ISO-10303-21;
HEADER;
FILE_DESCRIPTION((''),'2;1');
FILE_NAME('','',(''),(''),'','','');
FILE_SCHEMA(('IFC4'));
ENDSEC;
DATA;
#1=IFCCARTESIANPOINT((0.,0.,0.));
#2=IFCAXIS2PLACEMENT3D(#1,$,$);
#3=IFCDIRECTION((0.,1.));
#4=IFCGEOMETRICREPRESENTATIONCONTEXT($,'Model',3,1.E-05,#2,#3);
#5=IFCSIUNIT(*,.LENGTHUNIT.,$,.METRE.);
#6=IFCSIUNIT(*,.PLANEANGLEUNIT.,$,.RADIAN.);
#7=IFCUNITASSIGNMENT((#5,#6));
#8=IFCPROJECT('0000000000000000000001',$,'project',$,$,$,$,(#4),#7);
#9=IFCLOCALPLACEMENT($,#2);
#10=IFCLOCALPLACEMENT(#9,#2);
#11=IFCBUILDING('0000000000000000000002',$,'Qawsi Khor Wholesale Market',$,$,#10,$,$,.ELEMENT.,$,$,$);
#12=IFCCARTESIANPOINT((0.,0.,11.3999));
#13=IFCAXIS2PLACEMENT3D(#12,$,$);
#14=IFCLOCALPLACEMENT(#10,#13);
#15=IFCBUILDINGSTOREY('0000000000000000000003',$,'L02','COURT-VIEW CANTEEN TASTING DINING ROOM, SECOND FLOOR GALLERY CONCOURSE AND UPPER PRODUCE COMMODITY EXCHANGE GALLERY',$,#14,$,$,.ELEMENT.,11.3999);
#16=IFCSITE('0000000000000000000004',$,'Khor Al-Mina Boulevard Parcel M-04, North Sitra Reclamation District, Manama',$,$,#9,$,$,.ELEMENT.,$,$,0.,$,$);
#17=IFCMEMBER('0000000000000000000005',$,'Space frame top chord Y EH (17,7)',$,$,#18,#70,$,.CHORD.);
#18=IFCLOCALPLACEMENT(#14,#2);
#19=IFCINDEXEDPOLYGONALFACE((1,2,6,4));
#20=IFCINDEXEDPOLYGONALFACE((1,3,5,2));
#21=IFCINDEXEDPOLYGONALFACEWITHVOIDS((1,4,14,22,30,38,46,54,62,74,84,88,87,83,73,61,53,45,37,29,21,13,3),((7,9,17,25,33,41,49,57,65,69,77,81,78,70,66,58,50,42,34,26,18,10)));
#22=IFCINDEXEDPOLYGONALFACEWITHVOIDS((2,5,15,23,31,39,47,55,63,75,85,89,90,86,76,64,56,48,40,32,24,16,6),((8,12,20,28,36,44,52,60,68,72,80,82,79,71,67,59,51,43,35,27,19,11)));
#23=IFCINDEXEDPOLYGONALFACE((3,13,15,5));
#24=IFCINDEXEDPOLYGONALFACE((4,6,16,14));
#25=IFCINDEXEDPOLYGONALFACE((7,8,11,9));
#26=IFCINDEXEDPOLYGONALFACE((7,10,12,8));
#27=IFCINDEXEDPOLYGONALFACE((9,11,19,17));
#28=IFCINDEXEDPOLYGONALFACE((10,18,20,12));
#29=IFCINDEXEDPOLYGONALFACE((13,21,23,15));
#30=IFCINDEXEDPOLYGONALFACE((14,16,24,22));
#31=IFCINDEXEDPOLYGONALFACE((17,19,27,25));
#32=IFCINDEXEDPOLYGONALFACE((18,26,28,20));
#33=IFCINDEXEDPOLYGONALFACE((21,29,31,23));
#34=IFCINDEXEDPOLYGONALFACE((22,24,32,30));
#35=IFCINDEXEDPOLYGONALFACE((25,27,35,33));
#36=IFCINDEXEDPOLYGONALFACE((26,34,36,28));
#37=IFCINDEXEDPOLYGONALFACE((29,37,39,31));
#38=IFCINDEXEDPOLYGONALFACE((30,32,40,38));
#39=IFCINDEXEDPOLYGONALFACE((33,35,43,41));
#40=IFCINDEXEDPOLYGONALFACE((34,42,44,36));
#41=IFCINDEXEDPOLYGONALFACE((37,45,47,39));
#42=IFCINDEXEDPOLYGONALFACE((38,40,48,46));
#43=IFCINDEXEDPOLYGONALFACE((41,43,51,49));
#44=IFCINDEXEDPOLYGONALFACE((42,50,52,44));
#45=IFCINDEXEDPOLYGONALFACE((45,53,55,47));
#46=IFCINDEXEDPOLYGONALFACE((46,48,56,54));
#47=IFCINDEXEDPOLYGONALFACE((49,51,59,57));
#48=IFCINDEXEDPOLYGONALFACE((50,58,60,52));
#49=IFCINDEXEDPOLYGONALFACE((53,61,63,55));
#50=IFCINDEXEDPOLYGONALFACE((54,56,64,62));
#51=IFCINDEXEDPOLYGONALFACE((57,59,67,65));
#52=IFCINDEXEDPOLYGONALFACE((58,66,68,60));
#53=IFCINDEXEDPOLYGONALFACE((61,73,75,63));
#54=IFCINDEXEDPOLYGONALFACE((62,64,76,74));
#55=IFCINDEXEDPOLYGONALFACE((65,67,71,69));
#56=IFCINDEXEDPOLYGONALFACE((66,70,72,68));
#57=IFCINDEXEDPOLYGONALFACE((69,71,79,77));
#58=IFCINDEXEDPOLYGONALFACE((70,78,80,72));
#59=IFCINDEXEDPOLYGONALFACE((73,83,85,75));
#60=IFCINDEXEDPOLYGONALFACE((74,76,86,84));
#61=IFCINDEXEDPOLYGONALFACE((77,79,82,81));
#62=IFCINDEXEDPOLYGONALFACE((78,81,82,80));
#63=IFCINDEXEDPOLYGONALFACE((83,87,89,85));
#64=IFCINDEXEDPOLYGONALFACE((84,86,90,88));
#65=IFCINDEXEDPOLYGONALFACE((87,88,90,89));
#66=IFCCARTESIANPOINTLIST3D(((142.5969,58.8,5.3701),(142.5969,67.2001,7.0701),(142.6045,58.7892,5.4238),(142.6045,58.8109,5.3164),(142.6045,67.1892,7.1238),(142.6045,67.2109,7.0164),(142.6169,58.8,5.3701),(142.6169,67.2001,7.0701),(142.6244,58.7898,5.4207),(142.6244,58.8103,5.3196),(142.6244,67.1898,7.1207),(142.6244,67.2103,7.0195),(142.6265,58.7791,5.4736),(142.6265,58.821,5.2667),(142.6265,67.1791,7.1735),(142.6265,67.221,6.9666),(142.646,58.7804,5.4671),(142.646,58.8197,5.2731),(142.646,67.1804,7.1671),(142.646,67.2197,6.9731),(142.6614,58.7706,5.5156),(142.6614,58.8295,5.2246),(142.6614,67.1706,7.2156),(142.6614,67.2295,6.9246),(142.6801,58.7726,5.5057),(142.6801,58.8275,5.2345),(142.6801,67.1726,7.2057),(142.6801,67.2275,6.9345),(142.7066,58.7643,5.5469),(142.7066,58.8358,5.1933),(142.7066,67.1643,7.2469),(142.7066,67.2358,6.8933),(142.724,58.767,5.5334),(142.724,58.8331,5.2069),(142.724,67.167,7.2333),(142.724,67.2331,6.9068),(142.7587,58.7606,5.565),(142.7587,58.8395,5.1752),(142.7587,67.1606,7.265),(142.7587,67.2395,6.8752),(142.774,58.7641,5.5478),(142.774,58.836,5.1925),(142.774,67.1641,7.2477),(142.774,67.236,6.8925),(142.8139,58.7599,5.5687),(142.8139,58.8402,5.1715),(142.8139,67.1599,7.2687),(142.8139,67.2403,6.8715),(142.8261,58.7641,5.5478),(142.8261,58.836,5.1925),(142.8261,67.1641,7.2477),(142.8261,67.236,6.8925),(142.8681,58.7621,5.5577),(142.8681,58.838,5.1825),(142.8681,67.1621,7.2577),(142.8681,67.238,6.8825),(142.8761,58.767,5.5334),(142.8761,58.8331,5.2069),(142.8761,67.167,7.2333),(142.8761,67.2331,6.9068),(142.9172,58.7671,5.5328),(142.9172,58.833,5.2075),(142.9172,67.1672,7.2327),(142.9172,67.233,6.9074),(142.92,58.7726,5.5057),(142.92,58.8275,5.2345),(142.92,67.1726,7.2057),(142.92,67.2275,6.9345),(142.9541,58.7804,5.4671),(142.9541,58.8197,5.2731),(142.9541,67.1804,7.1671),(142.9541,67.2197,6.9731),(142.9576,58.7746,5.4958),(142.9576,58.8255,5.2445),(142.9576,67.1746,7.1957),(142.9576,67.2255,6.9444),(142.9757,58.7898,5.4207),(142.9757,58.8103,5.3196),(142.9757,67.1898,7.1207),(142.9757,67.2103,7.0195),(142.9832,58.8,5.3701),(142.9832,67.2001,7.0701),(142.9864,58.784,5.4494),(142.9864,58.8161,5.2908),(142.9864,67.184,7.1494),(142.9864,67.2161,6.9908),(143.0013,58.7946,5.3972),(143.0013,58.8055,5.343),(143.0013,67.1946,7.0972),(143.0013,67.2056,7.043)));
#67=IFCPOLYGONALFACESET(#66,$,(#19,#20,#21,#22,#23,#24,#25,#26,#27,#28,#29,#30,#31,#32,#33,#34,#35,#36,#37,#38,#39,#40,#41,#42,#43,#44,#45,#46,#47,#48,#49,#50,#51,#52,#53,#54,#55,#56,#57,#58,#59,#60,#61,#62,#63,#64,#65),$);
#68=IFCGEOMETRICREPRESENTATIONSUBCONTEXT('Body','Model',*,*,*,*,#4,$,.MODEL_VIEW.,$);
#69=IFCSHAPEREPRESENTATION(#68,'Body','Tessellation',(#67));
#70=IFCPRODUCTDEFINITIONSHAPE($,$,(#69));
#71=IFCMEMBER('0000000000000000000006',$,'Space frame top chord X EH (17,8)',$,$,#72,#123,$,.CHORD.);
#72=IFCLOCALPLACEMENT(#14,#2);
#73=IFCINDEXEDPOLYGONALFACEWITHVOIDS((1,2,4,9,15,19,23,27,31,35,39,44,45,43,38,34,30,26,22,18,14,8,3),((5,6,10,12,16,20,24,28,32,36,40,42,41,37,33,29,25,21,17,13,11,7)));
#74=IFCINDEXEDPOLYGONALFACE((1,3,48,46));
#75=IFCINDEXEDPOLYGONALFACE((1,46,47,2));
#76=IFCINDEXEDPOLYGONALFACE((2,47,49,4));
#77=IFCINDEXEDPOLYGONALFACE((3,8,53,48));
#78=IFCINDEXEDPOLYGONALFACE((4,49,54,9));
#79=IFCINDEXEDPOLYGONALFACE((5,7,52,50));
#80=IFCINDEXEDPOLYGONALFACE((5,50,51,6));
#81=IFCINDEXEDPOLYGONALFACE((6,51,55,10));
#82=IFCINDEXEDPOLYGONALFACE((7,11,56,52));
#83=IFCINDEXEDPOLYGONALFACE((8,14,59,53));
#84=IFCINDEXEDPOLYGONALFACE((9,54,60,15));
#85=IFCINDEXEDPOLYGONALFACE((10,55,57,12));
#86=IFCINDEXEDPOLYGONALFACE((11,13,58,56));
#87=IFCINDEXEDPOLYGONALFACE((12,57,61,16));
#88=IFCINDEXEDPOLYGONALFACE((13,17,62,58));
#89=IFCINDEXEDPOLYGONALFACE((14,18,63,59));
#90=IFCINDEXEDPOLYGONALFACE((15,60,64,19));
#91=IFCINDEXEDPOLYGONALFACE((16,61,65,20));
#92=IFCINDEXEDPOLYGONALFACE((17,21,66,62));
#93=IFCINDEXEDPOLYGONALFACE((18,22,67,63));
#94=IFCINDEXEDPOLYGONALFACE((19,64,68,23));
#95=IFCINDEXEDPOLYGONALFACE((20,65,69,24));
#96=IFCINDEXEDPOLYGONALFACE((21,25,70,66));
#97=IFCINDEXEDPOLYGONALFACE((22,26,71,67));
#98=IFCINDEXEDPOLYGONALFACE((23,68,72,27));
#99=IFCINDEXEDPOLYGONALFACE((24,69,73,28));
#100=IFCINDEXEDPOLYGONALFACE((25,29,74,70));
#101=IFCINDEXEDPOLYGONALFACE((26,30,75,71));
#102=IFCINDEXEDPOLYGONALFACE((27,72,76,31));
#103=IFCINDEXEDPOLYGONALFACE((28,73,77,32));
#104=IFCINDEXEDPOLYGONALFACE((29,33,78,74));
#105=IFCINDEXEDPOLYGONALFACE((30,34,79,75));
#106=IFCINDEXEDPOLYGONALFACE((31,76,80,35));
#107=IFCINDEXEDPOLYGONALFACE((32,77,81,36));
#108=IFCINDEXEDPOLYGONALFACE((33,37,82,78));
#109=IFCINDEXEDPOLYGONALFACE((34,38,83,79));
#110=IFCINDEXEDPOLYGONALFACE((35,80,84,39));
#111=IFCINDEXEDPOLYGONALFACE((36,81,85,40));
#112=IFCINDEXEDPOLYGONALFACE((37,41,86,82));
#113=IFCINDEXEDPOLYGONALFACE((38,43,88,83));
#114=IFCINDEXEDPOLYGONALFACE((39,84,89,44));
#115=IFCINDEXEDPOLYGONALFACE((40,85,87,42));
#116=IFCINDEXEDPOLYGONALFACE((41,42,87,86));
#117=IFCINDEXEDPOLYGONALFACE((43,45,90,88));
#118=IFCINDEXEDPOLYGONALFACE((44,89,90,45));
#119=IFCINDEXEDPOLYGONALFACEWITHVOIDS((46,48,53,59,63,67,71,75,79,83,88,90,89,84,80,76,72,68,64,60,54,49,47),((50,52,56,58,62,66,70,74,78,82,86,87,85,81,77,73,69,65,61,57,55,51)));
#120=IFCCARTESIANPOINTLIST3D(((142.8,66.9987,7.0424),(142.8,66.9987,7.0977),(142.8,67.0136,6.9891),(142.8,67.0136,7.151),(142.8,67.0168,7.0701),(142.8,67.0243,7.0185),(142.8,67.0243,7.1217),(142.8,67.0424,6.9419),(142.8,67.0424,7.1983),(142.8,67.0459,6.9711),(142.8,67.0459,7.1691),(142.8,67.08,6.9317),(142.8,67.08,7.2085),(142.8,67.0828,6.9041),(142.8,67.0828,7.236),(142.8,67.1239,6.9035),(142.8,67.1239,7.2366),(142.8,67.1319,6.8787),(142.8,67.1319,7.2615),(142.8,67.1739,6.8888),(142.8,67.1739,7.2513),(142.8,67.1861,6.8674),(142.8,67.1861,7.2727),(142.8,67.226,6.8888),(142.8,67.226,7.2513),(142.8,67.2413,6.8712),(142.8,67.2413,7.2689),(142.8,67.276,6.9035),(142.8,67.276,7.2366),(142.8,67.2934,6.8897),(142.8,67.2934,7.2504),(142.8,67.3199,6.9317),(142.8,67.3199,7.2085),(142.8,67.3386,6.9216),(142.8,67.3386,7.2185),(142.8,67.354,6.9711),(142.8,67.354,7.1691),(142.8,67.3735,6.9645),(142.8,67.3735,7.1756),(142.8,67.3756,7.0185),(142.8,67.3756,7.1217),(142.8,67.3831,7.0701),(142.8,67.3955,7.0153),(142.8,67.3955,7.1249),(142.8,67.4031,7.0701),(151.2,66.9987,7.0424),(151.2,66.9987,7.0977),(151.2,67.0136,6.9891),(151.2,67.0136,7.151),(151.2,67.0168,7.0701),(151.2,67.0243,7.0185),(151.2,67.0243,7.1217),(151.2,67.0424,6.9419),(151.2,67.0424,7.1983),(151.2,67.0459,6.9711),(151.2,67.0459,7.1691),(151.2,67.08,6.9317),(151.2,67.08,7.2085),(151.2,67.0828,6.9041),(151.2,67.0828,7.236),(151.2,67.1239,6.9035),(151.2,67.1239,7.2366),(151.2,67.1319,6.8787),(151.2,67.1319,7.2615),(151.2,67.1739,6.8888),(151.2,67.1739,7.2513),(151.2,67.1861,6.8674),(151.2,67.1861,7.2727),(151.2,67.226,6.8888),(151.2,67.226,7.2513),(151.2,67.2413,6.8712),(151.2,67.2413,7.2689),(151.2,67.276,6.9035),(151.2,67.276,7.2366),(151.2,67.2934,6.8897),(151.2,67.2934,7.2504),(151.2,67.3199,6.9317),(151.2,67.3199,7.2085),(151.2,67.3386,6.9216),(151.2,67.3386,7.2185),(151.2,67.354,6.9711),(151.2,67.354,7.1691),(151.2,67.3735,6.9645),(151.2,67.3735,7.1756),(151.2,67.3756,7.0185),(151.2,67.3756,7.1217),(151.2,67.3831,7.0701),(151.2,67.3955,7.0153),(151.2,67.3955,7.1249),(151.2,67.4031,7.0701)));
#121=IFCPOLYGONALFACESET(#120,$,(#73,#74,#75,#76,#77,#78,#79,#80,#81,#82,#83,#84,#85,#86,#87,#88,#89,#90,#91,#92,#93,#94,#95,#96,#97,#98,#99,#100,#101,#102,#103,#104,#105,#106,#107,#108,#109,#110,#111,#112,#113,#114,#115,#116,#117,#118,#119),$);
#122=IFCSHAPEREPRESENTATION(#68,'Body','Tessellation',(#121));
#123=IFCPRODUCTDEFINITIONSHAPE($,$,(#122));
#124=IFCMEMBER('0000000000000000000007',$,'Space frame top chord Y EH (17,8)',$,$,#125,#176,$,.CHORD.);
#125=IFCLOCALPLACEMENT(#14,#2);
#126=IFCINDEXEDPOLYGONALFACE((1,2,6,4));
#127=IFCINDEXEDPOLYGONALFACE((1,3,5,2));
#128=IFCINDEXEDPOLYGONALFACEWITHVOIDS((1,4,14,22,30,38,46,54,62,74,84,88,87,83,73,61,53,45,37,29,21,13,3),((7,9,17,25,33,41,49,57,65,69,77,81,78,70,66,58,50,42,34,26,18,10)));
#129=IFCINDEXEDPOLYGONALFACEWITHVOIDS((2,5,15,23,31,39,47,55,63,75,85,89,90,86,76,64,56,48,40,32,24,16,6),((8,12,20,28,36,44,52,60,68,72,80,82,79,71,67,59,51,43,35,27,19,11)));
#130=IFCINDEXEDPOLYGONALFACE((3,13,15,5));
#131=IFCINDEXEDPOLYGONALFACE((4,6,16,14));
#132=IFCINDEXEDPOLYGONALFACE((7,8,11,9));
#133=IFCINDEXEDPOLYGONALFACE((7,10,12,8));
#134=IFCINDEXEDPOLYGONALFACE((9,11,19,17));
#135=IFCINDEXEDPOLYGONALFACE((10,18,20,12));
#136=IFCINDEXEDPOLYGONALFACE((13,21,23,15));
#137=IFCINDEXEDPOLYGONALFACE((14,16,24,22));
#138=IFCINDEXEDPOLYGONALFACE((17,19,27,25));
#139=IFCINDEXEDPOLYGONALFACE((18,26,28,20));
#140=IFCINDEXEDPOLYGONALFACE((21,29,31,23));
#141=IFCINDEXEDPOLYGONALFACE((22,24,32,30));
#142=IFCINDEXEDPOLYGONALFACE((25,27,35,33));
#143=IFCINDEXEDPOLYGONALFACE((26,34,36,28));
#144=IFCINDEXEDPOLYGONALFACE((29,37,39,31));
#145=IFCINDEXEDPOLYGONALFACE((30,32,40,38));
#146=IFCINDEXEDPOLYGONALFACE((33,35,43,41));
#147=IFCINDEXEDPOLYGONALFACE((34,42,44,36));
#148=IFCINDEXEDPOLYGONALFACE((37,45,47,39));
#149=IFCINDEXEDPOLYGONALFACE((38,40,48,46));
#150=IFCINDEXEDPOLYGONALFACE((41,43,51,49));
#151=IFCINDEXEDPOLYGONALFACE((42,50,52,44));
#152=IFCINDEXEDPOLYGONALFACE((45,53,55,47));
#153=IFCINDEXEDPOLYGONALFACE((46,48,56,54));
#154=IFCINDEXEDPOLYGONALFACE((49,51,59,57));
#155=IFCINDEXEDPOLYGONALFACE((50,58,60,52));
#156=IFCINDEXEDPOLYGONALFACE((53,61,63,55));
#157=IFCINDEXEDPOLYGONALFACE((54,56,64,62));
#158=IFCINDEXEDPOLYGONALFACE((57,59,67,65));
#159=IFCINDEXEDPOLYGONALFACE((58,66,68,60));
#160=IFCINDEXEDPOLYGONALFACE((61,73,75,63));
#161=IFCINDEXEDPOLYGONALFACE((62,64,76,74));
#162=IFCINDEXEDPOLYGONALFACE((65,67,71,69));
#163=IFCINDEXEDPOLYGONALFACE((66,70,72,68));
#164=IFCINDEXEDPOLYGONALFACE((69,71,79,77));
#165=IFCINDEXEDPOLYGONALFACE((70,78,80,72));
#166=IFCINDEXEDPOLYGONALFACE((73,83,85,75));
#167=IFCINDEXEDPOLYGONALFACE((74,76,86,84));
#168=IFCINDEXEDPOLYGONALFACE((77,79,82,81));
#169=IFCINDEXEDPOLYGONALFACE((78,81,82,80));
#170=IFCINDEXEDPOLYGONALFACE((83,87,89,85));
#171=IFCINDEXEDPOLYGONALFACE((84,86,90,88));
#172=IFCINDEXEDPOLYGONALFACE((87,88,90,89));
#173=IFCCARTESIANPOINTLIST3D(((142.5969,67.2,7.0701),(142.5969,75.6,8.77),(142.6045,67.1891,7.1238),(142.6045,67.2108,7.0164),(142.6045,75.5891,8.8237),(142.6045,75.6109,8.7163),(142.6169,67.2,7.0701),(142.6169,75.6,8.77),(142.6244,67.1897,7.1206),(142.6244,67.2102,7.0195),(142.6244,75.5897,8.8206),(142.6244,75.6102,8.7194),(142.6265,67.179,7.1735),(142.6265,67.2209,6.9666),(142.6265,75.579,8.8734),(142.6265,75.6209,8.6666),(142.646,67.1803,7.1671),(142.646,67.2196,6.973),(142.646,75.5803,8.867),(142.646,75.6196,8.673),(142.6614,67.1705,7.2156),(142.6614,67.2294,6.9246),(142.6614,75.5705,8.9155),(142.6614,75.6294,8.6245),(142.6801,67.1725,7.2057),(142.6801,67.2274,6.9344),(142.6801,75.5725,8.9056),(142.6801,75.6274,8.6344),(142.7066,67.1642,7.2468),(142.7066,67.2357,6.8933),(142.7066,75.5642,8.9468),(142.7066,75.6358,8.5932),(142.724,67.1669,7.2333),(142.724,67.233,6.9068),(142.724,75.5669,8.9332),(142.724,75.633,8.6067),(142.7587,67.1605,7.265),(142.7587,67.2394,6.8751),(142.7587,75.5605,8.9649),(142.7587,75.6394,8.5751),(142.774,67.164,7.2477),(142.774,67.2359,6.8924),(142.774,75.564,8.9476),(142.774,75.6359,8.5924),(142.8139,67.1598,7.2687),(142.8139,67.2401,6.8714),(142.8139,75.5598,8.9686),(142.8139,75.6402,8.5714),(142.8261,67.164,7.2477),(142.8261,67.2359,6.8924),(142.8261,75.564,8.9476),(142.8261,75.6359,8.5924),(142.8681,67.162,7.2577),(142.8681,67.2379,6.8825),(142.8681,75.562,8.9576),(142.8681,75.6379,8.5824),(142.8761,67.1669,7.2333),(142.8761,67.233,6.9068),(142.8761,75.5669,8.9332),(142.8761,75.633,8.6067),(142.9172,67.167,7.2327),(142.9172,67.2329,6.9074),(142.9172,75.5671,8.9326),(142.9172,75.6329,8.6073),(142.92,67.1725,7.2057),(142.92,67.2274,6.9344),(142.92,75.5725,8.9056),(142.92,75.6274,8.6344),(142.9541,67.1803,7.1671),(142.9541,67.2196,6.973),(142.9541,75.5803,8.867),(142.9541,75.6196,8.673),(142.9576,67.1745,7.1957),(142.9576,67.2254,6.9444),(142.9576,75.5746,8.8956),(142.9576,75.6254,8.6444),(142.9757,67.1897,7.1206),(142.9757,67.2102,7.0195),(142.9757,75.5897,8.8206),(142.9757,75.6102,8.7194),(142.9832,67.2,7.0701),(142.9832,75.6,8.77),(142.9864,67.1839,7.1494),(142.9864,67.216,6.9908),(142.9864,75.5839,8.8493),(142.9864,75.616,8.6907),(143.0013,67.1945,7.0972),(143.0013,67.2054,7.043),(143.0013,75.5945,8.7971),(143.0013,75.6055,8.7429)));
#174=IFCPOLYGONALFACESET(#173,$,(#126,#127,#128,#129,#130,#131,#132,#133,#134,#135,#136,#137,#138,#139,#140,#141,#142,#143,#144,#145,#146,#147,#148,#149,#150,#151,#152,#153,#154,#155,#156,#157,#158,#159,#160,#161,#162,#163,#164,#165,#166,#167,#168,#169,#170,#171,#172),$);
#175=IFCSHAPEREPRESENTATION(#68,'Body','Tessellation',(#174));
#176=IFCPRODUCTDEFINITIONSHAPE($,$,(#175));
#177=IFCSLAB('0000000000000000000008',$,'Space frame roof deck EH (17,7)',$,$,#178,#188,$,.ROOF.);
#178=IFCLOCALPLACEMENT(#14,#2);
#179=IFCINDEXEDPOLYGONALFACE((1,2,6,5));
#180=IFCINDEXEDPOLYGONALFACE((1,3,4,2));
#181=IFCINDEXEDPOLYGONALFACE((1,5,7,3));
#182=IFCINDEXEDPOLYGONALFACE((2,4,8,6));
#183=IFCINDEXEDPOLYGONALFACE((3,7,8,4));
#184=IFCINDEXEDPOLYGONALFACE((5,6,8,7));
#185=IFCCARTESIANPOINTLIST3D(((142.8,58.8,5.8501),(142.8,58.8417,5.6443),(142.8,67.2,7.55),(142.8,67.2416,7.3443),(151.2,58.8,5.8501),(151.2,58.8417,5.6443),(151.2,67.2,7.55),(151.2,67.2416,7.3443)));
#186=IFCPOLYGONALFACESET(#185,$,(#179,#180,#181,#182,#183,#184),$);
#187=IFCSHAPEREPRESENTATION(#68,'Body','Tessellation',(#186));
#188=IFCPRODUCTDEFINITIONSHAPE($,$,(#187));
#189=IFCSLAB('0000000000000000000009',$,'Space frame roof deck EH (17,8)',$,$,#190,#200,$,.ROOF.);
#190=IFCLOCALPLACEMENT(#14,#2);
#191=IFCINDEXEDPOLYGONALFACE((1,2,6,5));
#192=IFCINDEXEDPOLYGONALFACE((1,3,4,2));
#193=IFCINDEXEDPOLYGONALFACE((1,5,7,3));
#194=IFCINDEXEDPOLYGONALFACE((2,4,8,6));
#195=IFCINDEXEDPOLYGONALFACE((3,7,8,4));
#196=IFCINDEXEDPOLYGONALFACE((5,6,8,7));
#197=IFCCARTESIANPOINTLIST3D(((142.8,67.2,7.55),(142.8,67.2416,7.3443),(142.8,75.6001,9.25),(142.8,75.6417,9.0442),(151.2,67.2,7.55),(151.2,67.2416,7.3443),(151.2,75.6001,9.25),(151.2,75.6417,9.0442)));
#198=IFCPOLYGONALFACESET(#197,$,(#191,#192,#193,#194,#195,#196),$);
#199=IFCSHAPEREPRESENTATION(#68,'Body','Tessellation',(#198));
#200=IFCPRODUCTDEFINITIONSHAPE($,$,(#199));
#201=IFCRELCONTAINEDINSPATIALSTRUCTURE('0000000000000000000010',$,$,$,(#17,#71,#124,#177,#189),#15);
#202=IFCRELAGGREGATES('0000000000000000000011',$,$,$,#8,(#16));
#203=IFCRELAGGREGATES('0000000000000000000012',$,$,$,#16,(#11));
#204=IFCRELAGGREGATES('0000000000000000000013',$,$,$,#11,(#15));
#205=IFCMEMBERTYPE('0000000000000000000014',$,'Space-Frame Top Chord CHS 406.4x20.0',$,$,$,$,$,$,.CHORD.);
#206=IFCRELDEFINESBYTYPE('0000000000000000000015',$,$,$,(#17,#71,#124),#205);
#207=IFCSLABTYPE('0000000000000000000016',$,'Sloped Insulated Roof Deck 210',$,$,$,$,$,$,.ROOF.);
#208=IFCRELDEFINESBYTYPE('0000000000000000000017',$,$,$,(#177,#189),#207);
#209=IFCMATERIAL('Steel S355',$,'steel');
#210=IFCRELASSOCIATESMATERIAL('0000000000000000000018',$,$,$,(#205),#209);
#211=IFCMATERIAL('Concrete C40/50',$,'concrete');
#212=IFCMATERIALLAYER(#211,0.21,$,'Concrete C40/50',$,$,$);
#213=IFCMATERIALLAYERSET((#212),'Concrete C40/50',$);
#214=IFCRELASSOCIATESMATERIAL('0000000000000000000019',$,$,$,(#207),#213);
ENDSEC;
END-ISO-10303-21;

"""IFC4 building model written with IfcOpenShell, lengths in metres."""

from ifc_helpers import new_model, si_unit, direction, frame, origin, origin_2d, place, context, subcontext, project, spatial, polyline, hollow_circle, outline, extrude, material, layer, layer_set, material_profile, profile_set, type_object, element, save


model = new_model("IFC4")

# Units and contexts
model_context = context("Model", 3, precision=1e-05, world=origin(), true_north=direction((0.0, 1.0)))
body_context = subcontext(model_context, "Body", "Model", "MODEL_VIEW")
ifc_project = project(units=[si_unit("LENGTHUNIT", "METRE"), si_unit("PLANEANGLEUNIT", "RADIAN")], contexts=[model_context])

# Site, building, storey
site_placement = place(None, origin())
site = spatial("IfcSite", under=ifc_project, at=site_placement, Name="Khor Al-Mina Boulevard Parcel M-04, North Sitra Reclamation District, Manama", CompositionType="ELEMENT", RefElevation=0.0)
building_placement = place(site_placement, origin())
building = spatial("IfcBuilding", under=site, at=building_placement, Name="Qawsi Khor Wholesale Market", CompositionType="ELEMENT")
storey_placement = place(building_placement, frame((0.0, 0.0, 11.3999)))
storey = spatial("IfcBuildingStorey", under=building, at=storey_placement, Name="L02", Description="COURT-VIEW CANTEEN TASTING DINING ROOM, SECOND FLOOR GALLERY CONCOURSE AND UPPER PRODUCE COMMODITY EXCHANGE GALLERY", CompositionType="ELEMENT", Elevation=11.3999)

# Shared definitions
ifc_material_1 = material(Name="Concrete C40/50", Category="concrete")

# Members
ifc_material_2 = material(Name="Steel S355", Category="steel")
ifc_material_profile_1 = material_profile(ifc_material_2, hollow_circle(Radius=0.2031, WallThickness=0.02, at=origin_2d()), Name="CHS 406.4x20.0")
ifc_profile_set_1 = profile_set([ifc_material_profile_1], Name="Steel S355")
member_type_1 = type_object("IfcMemberType", Name="Space-Frame Top Chord CHS 406.4x20.0", PredefinedType="CHORD", material=ifc_profile_set_1)
member_1_placement = place(storey_placement, frame((142.8, 58.8, 5.3701), z_axis=(0.0, 0.98013, 0.198356), x_axis=(-1.0, 0.0, 0.0)))
element("IfcMember", 1, at=member_1_placement, inside=storey, type_object=member_type_1, Name="Space frame top chord Y EH (17,7)", PredefinedType="CHORD", context=body_context, shape_type="SweptSolid", body=[
    extrude(hollow_circle(Radius=0.2031, WallThickness=0.02, at=origin_2d()), origin(), (0.0, 0.0, 1.0), 8.5703),
])
member_2_placement = place(storey_placement, frame((142.8, 67.2, 7.0701), z_axis=(1.0, 0.0, 0.0), x_axis=(0.0, 1.0, 0.0)))
element("IfcMember", 2, at=member_2_placement, inside=storey, type_object=member_type_1, Name="Space frame top chord X EH (17,8)", PredefinedType="CHORD", context=body_context, shape_type="SweptSolid", body=[
    extrude(hollow_circle(Radius=0.2031, WallThickness=0.02, at=origin_2d()), origin(), (0.0, 0.0, 1.0), 8.3999),
])
member_3_placement = place(storey_placement, frame((142.8, 67.2, 7.0701), z_axis=(0.0, 0.980131, 0.198351), x_axis=(-1.0, 0.0, 0.0)))
element("IfcMember", 3, at=member_3_placement, inside=storey, type_object=member_type_1, Name="Space frame top chord Y EH (17,8)", PredefinedType="CHORD", context=body_context, shape_type="SweptSolid", body=[
    extrude(hollow_circle(Radius=0.2031, WallThickness=0.02, at=origin_2d()), origin(), (0.0, 0.0, 1.0), 8.5703),
])

# Slabs
ifc_layer = layer(ifc_material_1, 0.21, Name="Concrete C40/50")
ifc_layer_set = layer_set([ifc_layer], Name="Concrete C40/50")
slab_type = type_object("IfcSlabType", Name="Sloped Insulated Roof Deck 210", PredefinedType="ROOF", material=ifc_layer_set)
slab_1_placement = place(storey_placement, frame((142.8, 58.8, 5.8501), z_axis=(0.0, -0.198356, 0.98013), x_axis=(1.0, 0.0, 0.0)))
element("IfcSlab", 4, at=slab_1_placement, inside=storey, type_object=slab_type, Name="Space frame roof deck EH (17,7)", PredefinedType="ROOF", context=body_context, shape_type="SweptSolid", body=[
    extrude(outline(polyline([(0.0, 0.0), (8.3999, 0.0), (8.3999, 8.5702), (0.0, 8.5702), (0.0, 0.0)])), origin(), (0.0, 0.0, -1.0), 0.21),
])
slab_2_placement = place(storey_placement, frame((142.8, 67.2, 7.55), z_axis=(0.0, -0.198351, 0.980131), x_axis=(1.0, 0.0, 0.0)))
element("IfcSlab", 5, at=slab_2_placement, inside=storey, type_object=slab_type, Name="Space frame roof deck EH (17,8)", PredefinedType="ROOF", context=body_context, shape_type="SweptSolid", body=[
    extrude(outline(polyline([(0.0, 0.0), (8.3999, 0.0), (8.3999, 8.5704), (0.0, 8.5704), (0.0, 0.0)])), origin(), (0.0, 0.0, -1.0), 0.21),
])

save(model, "model.ifc")
